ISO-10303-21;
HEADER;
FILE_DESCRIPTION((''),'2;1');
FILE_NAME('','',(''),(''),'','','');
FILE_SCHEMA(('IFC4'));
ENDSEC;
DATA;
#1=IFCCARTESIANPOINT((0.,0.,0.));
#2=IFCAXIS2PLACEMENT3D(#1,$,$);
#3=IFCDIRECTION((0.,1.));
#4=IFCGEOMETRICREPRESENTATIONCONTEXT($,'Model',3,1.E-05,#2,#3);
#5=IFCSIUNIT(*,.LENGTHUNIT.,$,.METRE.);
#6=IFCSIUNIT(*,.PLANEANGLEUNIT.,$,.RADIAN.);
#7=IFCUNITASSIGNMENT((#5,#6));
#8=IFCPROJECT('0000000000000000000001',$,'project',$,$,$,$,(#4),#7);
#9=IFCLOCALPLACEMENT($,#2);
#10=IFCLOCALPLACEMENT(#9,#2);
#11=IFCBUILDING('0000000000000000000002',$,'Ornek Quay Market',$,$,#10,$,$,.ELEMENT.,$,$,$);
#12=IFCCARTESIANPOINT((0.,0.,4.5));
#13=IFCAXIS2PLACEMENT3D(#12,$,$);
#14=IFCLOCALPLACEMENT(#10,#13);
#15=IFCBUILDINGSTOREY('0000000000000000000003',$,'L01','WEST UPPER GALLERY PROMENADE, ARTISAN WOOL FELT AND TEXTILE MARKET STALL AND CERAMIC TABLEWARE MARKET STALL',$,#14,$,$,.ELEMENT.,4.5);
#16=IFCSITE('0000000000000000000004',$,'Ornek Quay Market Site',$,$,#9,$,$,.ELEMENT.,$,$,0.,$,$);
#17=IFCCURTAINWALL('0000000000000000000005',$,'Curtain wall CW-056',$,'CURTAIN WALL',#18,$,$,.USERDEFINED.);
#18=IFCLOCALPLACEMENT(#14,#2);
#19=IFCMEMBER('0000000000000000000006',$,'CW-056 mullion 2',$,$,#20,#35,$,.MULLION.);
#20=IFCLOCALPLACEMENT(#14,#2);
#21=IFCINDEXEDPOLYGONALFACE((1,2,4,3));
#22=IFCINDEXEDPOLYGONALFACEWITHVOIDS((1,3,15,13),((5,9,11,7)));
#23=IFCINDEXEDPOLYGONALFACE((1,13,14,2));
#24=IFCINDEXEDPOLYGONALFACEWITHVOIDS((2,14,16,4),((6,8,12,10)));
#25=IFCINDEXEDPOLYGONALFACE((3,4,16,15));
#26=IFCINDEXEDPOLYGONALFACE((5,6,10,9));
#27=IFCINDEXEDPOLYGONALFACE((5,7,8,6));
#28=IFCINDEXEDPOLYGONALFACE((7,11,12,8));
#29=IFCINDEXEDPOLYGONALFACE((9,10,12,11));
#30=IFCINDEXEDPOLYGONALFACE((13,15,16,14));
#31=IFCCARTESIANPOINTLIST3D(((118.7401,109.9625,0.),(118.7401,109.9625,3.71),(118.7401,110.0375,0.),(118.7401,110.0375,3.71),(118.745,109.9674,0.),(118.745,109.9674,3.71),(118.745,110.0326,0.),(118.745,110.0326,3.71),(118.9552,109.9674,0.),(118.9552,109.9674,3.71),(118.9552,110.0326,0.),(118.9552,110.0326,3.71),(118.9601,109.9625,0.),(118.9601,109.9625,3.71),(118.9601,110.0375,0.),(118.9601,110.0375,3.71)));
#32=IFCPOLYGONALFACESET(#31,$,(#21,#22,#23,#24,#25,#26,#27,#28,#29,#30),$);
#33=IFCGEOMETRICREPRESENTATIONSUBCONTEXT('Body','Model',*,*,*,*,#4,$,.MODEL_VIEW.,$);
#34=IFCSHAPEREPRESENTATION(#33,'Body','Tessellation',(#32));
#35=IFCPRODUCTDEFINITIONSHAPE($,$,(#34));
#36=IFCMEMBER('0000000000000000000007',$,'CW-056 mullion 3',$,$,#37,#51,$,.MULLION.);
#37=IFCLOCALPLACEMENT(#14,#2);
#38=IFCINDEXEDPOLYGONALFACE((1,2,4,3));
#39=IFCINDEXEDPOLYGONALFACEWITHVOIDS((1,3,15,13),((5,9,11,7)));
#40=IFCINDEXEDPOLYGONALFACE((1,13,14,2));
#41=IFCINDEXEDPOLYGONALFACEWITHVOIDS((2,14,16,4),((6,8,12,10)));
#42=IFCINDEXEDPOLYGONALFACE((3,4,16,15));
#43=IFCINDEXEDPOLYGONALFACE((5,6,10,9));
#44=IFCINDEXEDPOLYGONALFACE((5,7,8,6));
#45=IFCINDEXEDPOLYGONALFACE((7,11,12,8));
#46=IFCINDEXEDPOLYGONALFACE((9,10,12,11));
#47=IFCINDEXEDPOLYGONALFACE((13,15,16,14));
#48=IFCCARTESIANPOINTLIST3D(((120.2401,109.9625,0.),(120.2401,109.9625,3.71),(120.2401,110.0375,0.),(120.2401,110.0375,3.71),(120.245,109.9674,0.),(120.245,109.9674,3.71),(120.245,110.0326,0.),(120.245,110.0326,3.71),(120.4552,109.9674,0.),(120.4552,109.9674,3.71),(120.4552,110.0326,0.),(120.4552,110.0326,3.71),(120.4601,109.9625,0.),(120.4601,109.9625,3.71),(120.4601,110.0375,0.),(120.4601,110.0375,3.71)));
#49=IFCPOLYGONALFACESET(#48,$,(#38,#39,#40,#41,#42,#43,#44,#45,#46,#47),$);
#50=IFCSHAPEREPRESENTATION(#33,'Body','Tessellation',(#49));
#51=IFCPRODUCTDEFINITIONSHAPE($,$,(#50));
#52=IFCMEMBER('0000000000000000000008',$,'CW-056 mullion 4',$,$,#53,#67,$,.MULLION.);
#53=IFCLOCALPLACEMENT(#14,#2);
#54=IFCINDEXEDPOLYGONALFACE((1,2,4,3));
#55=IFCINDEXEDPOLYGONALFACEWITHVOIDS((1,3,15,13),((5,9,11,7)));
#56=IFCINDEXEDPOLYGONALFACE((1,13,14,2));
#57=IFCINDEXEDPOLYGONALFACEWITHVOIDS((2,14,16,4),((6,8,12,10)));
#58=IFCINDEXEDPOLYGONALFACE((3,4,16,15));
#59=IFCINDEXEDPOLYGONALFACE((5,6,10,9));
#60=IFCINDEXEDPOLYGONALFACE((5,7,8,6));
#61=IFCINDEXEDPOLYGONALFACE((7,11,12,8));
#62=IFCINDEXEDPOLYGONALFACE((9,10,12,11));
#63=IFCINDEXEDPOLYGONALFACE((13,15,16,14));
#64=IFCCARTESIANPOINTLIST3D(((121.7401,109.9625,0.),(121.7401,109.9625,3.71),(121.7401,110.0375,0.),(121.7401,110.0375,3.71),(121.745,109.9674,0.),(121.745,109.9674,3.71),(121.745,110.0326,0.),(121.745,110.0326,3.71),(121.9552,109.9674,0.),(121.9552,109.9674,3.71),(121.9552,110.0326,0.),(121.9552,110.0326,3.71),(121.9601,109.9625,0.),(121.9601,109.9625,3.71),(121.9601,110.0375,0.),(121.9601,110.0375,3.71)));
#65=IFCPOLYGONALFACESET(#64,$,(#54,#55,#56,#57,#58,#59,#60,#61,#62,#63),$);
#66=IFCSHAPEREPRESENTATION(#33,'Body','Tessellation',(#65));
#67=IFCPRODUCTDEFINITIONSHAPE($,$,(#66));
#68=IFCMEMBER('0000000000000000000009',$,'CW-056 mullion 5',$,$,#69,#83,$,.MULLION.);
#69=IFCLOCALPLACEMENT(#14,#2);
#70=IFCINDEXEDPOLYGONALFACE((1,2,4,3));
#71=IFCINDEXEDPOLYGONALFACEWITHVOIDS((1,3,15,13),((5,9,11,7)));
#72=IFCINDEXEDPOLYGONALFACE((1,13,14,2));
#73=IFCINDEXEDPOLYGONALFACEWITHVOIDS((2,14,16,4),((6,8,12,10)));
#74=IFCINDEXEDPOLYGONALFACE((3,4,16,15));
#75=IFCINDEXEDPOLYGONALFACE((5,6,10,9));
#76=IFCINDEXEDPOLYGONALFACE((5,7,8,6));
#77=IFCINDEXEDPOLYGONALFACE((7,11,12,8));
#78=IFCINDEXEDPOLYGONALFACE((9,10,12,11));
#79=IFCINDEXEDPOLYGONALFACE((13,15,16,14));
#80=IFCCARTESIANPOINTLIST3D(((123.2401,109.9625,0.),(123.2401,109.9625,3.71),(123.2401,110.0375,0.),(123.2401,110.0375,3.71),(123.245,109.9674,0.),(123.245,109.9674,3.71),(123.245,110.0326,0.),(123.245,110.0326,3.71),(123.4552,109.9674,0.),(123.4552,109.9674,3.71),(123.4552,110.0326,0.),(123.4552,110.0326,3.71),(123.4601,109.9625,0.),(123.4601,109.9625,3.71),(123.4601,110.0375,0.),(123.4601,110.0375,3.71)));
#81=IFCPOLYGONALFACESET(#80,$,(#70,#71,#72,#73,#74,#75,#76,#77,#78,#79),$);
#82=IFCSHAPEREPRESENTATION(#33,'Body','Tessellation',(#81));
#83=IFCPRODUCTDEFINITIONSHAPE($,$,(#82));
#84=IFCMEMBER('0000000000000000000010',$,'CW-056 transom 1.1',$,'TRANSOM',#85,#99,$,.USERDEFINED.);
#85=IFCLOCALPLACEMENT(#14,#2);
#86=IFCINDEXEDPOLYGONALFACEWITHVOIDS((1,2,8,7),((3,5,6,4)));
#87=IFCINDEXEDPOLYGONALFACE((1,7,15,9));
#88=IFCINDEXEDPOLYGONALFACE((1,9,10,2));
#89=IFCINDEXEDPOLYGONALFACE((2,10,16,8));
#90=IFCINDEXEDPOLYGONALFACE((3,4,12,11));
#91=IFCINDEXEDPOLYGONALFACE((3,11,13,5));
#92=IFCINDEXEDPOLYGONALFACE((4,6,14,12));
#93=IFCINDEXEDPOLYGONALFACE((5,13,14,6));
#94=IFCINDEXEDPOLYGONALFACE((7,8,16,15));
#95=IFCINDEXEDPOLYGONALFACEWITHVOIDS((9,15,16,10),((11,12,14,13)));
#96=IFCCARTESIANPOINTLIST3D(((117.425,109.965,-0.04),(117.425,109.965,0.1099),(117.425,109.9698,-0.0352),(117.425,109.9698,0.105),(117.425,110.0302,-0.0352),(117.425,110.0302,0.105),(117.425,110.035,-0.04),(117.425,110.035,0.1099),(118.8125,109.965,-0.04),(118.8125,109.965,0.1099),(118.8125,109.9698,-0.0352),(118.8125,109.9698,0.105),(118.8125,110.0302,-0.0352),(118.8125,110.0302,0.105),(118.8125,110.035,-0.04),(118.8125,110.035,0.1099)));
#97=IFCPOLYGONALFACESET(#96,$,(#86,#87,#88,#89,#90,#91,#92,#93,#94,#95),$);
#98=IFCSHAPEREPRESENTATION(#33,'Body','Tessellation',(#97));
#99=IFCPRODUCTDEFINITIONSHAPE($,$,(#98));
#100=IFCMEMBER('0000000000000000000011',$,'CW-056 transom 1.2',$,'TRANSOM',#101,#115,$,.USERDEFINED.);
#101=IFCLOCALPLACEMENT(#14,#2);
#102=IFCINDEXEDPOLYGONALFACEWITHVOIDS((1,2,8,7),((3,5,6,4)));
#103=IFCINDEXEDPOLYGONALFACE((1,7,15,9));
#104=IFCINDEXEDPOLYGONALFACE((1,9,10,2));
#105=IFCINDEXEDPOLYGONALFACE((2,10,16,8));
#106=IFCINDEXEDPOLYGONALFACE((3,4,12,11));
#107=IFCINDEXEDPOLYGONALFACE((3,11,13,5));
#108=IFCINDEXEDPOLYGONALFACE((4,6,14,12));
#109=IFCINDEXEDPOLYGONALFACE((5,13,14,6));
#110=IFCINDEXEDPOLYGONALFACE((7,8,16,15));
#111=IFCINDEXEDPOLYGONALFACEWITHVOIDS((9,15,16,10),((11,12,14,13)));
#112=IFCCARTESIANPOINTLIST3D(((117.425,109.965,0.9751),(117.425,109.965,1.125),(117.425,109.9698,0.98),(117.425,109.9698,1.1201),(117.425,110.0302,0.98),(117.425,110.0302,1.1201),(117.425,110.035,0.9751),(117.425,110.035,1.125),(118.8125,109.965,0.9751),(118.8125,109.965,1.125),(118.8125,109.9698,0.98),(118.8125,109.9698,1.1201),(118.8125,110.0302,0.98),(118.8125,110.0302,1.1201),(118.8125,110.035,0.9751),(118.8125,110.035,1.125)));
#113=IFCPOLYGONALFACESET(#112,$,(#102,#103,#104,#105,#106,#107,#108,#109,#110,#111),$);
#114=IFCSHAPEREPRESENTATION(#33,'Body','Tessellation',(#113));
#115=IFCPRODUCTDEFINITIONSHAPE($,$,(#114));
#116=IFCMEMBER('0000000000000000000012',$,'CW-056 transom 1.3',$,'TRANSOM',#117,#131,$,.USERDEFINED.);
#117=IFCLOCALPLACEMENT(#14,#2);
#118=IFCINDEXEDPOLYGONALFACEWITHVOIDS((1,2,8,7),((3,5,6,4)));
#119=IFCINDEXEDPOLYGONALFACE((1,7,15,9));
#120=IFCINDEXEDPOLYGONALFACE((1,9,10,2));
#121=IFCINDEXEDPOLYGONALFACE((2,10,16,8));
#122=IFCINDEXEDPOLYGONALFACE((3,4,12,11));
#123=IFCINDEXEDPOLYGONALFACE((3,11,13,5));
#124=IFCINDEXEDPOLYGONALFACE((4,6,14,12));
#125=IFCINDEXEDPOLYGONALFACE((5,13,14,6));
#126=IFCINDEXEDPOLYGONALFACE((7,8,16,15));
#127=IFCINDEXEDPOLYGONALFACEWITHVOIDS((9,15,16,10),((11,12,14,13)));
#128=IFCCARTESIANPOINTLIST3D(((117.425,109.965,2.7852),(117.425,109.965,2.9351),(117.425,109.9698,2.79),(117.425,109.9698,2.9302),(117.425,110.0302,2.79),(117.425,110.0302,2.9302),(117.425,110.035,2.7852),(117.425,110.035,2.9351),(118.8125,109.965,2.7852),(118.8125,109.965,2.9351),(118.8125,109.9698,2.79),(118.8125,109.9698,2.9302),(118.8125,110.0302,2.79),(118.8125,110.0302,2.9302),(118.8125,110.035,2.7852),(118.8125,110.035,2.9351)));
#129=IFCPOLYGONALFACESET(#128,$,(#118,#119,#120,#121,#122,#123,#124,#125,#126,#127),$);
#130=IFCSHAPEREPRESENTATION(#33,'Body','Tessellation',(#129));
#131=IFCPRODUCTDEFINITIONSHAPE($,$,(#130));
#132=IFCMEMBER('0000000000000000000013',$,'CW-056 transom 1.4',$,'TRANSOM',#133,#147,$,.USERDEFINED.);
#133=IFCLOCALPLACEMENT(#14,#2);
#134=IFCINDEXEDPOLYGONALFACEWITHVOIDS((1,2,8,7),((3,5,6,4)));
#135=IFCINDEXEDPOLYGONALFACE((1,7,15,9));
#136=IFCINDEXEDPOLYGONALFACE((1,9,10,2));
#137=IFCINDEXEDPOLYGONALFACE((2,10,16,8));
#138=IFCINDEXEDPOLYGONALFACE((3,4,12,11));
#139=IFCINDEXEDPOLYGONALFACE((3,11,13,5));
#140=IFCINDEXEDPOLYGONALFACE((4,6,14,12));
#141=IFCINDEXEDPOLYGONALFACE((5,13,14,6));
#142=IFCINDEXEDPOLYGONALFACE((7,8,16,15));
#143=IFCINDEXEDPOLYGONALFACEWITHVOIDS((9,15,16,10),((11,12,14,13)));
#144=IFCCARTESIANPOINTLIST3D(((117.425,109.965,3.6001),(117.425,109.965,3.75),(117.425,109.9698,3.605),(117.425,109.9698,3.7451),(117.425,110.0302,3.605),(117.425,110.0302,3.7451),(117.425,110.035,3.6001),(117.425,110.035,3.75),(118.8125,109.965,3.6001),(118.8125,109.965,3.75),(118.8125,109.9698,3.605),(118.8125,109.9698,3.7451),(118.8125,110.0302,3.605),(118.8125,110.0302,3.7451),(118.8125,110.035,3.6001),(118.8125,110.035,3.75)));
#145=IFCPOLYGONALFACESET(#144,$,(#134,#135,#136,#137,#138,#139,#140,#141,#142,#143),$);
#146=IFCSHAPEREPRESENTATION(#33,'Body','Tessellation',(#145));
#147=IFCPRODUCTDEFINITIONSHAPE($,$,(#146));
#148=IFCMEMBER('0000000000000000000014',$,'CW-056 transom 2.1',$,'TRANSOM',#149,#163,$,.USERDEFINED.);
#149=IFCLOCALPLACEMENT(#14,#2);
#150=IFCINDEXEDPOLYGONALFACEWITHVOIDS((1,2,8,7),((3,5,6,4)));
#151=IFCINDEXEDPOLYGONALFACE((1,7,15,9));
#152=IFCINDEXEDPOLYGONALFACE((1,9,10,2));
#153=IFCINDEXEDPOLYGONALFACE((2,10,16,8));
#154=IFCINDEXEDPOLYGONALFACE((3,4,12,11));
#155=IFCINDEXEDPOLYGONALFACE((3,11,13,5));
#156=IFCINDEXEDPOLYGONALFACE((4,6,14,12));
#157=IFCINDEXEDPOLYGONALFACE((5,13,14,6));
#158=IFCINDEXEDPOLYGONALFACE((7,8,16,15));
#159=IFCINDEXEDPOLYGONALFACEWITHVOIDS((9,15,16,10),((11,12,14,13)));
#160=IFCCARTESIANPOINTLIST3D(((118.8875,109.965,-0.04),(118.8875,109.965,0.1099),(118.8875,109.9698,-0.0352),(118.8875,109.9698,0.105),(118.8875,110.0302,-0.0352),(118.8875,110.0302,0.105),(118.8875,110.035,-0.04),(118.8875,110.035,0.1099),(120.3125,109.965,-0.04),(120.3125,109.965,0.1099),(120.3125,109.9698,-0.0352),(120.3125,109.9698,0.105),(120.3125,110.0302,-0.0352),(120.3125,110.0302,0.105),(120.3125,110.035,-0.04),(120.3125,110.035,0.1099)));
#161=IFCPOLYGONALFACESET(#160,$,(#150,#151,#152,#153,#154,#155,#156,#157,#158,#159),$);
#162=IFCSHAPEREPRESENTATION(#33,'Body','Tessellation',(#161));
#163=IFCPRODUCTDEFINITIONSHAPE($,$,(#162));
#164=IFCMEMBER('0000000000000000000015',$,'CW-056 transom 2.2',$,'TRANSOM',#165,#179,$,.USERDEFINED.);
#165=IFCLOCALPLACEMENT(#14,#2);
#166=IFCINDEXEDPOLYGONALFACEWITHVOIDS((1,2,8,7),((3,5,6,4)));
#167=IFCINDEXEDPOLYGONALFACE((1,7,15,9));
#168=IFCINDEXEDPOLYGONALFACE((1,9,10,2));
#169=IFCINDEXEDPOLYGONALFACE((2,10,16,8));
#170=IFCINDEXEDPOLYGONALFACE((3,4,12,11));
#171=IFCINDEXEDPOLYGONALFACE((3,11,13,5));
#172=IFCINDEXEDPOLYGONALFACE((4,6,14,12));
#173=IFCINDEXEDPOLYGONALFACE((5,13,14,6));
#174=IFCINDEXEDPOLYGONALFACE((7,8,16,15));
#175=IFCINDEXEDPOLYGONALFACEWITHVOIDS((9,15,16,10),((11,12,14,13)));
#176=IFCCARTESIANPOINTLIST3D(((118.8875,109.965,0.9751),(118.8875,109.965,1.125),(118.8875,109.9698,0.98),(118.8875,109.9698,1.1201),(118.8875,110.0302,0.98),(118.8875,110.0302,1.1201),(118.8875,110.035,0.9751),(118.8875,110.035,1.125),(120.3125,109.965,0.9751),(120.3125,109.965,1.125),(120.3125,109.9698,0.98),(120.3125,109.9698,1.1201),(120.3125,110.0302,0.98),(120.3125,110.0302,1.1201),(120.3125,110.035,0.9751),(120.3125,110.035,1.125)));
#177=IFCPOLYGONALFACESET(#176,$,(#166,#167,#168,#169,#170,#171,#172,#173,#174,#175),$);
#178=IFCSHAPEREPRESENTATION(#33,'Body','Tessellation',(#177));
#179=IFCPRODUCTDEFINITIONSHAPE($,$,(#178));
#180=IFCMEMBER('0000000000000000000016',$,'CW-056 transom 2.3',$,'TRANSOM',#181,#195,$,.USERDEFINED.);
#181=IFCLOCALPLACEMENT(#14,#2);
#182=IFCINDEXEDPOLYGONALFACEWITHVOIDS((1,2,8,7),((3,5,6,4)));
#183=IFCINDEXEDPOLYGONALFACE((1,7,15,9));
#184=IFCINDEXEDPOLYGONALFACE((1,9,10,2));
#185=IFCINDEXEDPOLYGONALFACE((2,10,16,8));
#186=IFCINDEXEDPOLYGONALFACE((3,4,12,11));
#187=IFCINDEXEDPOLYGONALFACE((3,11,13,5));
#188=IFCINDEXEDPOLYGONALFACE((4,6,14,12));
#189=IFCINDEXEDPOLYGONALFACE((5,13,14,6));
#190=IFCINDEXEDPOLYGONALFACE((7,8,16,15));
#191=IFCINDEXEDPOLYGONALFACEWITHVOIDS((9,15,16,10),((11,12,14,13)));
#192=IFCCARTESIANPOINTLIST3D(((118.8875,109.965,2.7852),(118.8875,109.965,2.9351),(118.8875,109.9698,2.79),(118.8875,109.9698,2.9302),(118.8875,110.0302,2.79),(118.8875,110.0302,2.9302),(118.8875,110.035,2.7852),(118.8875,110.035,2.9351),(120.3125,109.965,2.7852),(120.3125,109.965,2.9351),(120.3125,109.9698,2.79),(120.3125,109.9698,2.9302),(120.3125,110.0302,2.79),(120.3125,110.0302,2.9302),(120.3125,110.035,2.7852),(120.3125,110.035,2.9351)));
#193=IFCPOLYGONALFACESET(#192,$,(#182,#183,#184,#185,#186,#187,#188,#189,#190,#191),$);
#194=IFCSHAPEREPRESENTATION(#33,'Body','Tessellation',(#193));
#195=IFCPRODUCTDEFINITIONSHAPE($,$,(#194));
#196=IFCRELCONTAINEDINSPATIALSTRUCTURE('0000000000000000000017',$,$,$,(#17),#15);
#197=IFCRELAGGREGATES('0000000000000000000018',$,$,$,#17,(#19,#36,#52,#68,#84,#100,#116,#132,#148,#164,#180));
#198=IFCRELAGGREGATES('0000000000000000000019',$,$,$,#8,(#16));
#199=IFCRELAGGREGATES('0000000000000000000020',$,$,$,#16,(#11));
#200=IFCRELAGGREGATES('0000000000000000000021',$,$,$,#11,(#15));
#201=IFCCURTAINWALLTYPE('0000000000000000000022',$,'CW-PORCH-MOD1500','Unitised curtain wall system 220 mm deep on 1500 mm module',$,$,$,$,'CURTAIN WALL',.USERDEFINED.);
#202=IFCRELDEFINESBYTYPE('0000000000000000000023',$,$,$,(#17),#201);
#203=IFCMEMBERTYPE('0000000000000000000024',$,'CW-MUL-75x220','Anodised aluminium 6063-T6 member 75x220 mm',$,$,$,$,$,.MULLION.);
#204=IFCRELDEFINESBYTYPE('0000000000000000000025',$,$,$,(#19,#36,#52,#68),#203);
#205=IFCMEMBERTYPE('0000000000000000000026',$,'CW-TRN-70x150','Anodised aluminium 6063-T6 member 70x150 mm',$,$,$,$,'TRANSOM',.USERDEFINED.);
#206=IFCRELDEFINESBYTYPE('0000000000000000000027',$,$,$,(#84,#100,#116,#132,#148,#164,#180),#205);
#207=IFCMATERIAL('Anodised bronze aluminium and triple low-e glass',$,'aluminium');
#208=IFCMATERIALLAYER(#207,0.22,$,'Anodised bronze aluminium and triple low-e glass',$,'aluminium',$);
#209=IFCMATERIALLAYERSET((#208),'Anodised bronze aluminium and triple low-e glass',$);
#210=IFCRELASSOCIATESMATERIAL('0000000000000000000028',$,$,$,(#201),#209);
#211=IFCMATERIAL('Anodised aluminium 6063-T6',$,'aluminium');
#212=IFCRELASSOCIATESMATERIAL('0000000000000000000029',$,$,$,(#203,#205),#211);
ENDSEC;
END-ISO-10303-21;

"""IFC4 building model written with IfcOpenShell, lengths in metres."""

from ifc_helpers import new_model, si_unit, direction, frame, origin, origin_2d, place, context, subcontext, project, spatial, hollow_rectangle, extrude, material, layer, layer_set, material_profile, profile_set, type_object, element, aggregate, save


model = new_model("IFC4")

# Units and contexts
model_context = context("Model", 3, precision=1e-05, world=origin(), true_north=direction((0.0, 1.0)))
body_context = subcontext(model_context, "Body", "Model", "MODEL_VIEW")
ifc_project = project(units=[si_unit("LENGTHUNIT", "METRE"), si_unit("PLANEANGLEUNIT", "RADIAN")], contexts=[model_context])

# Site, building, storey
site_placement = place(None, origin())
site = spatial("IfcSite", under=ifc_project, at=site_placement, Name="Ornek Quay Market Site", CompositionType="ELEMENT", RefElevation=0.0)
building_placement = place(site_placement, origin())
building = spatial("IfcBuilding", under=site, at=building_placement, Name="Ornek Quay Market", CompositionType="ELEMENT")
storey_placement = place(building_placement, frame((0.0, 0.0, 4.5)))
storey = spatial("IfcBuildingStorey", under=building, at=storey_placement, Name="L01", Description="WEST UPPER GALLERY PROMENADE, ARTISAN WOOL FELT AND TEXTILE MARKET STALL AND CERAMIC TABLEWARE MARKET STALL", CompositionType="ELEMENT", Elevation=4.5)

# Curtain wall, members
ifc_material_1 = material(Name="Anodised bronze aluminium and triple low-e glass", Category="aluminium")
ifc_layer_1 = layer(ifc_material_1, 0.22, Name="Anodised bronze aluminium and triple low-e glass", Category="aluminium")
ifc_layer_set_1 = layer_set([ifc_layer_1], Name="Anodised bronze aluminium and triple low-e glass")
curtain_wall_type = type_object("IfcCurtainWallType", Name="CW-PORCH-MOD1500", Description="Unitised curtain wall system 220 mm deep on 1500 mm module", ElementType="CURTAIN WALL", PredefinedType="USERDEFINED", material=ifc_layer_set_1)
curtain_wall_placement = place(storey_placement, origin())
curtain_wall = element("IfcCurtainWall", 1, at=curtain_wall_placement, inside=storey, type_object=curtain_wall_type, Name="Curtain wall CW-056", ObjectType="CURTAIN WALL", PredefinedType="USERDEFINED")
ifc_material_2 = material(Name="Anodised aluminium 6063-T6", Category="aluminium")
ifc_material_profile_1 = material_profile(ifc_material_2, hollow_rectangle(XDim=0.075, YDim=0.22, WallThickness=0.0049, at=origin_2d()), Name="CW-MUL-75x220", Category="aluminium")
ifc_profile_set_1 = profile_set([ifc_material_profile_1], Name="Anodised aluminium 6063-T6")
member_type_1 = type_object("IfcMemberType", Name="CW-MUL-75x220", Description="Anodised aluminium 6063-T6 member 75x220 mm", PredefinedType="MULLION", material=ifc_profile_set_1)
member_1_placement = place(storey_placement, frame((118.8501, 110.0, 0.0), z_axis=(0.0, 0.0, 1.0), x_axis=(0.0, 1.0, 0.0)))
member_1 = element("IfcMember", 2, at=member_1_placement, type_object=member_type_1, Name="CW-056 mullion 2", PredefinedType="MULLION", context=body_context, shape_type="SweptSolid", body=[
    extrude(hollow_rectangle(XDim=0.075, YDim=0.22, WallThickness=0.0049, at=origin_2d()), origin(), (0.0, 0.0, 1.0), 3.71),
])
member_2_placement = place(storey_placement, frame((120.3501, 110.0, 0.0), z_axis=(0.0, 0.0, 1.0), x_axis=(0.0, 1.0, 0.0)))
member_2 = element("IfcMember", 3, at=member_2_placement, type_object=member_type_1, Name="CW-056 mullion 3", PredefinedType="MULLION", context=body_context, shape_type="SweptSolid", body=[
    extrude(hollow_rectangle(XDim=0.075, YDim=0.22, WallThickness=0.0049, at=origin_2d()), origin(), (0.0, 0.0, 1.0), 3.71),
])
member_3_placement = place(storey_placement, frame((121.8501, 110.0, 0.0), z_axis=(0.0, 0.0, 1.0), x_axis=(0.0, 1.0, 0.0)))
member_3 = element("IfcMember", 4, at=member_3_placement, type_object=member_type_1, Name="CW-056 mullion 4", PredefinedType="MULLION", context=body_context, shape_type="SweptSolid", body=[
    extrude(hollow_rectangle(XDim=0.075, YDim=0.22, WallThickness=0.0049, at=origin_2d()), origin(), (0.0, 0.0, 1.0), 3.71),
])
member_4_placement = place(storey_placement, frame((123.3501, 110.0, 0.0), z_axis=(0.0, 0.0, 1.0), x_axis=(0.0, 1.0, 0.0)))
member_4 = element("IfcMember", 5, at=member_4_placement, type_object=member_type_1, Name="CW-056 mullion 5", PredefinedType="MULLION", context=body_context, shape_type="SweptSolid", body=[
    extrude(hollow_rectangle(XDim=0.075, YDim=0.22, WallThickness=0.0049, at=origin_2d()), origin(), (0.0, 0.0, 1.0), 3.71),
])
ifc_material_profile_2 = material_profile(ifc_material_2, hollow_rectangle(XDim=0.0701, YDim=0.1499, WallThickness=0.0049, at=origin_2d()), Name="CW-TRN-70x150", Category="aluminium")
ifc_profile_set_2 = profile_set([ifc_material_profile_2], Name="Anodised aluminium 6063-T6")
member_type_2 = type_object("IfcMemberType", Name="CW-TRN-70x150", Description="Anodised aluminium 6063-T6 member 70x150 mm", ElementType="TRANSOM", PredefinedType="USERDEFINED", material=ifc_profile_set_2)
member_5_placement = place(storey_placement, frame((117.425, 110.0, 0.0349), z_axis=(1.0, 0.0, 0.0), x_axis=(0.0, 1.0, 0.0)))
member_5 = element("IfcMember", 6, at=member_5_placement, type_object=member_type_2, Name="CW-056 transom 1.1", ObjectType="TRANSOM", PredefinedType="USERDEFINED", context=body_context, shape_type="SweptSolid", body=[
    extrude(hollow_rectangle(XDim=0.0701, YDim=0.1499, WallThickness=0.0049, at=origin_2d()), origin(), (0.0, 0.0, 1.0), 1.3875),
])
member_6_placement = place(storey_placement, frame((117.425, 110.0, 1.05), z_axis=(1.0, 0.0, 0.0), x_axis=(0.0, 1.0, 0.0)))
member_6 = element("IfcMember", 7, at=member_6_placement, type_object=member_type_2, Name="CW-056 transom 1.2", ObjectType="TRANSOM", PredefinedType="USERDEFINED", context=body_context, shape_type="SweptSolid", body=[
    extrude(hollow_rectangle(XDim=0.0701, YDim=0.1499, WallThickness=0.0049, at=origin_2d()), origin(), (0.0, 0.0, 1.0), 1.3875),
])
member_7_placement = place(storey_placement, frame((117.425, 110.0, 2.8601), z_axis=(1.0, 0.0, 0.0), x_axis=(0.0, 1.0, 0.0)))
member_7 = element("IfcMember", 8, at=member_7_placement, type_object=member_type_2, Name="CW-056 transom 1.3", ObjectType="TRANSOM", PredefinedType="USERDEFINED", context=body_context, shape_type="SweptSolid", body=[
    extrude(hollow_rectangle(XDim=0.0701, YDim=0.1499, WallThickness=0.0049, at=origin_2d()), origin(), (0.0, 0.0, 1.0), 1.3875),
])
member_8_placement = place(storey_placement, frame((117.425, 110.0, 3.675), z_axis=(1.0, 0.0, 0.0), x_axis=(0.0, 1.0, 0.0)))
member_8 = element("IfcMember", 9, at=member_8_placement, type_object=member_type_2, Name="CW-056 transom 1.4", ObjectType="TRANSOM", PredefinedType="USERDEFINED", context=body_context, shape_type="SweptSolid", body=[
    extrude(hollow_rectangle(XDim=0.0701, YDim=0.1499, WallThickness=0.0049, at=origin_2d()), origin(), (0.0, 0.0, 1.0), 1.3875),
])
member_9_placement = place(storey_placement, frame((118.8875, 110.0, 0.0349), z_axis=(1.0, 0.0, 0.0), x_axis=(0.0, 1.0, 0.0)))
member_9 = element("IfcMember", 10, at=member_9_placement, type_object=member_type_2, Name="CW-056 transom 2.1", ObjectType="TRANSOM", PredefinedType="USERDEFINED", context=body_context, shape_type="SweptSolid", body=[
    extrude(hollow_rectangle(XDim=0.0701, YDim=0.1499, WallThickness=0.0049, at=origin_2d()), origin(), (0.0, 0.0, 1.0), 1.425),
])
member_10_placement = place(storey_placement, frame((118.8875, 110.0, 1.05), z_axis=(1.0, 0.0, 0.0), x_axis=(0.0, 1.0, 0.0)))
member_10 = element("IfcMember", 11, at=member_10_placement, type_object=member_type_2, Name="CW-056 transom 2.2", ObjectType="TRANSOM", PredefinedType="USERDEFINED", context=body_context, shape_type="SweptSolid", body=[
    extrude(hollow_rectangle(XDim=0.0701, YDim=0.1499, WallThickness=0.0049, at=origin_2d()), origin(), (0.0, 0.0, 1.0), 1.425),
])
member_11_placement = place(storey_placement, frame((118.8875, 110.0, 2.8601), z_axis=(1.0, 0.0, 0.0), x_axis=(0.0, 1.0, 0.0)))
member_11 = element("IfcMember", 12, at=member_11_placement, type_object=member_type_2, Name="CW-056 transom 2.3", ObjectType="TRANSOM", PredefinedType="USERDEFINED", context=body_context, shape_type="SweptSolid", body=[
    extrude(hollow_rectangle(XDim=0.0701, YDim=0.1499, WallThickness=0.0049, at=origin_2d()), origin(), (0.0, 0.0, 1.0), 1.425),
])
aggregate(curtain_wall, [member_1, member_2, member_3, member_4, member_5, member_6, member_7, member_8, member_9, member_10, member_11])

save(model, "model.ifc")
